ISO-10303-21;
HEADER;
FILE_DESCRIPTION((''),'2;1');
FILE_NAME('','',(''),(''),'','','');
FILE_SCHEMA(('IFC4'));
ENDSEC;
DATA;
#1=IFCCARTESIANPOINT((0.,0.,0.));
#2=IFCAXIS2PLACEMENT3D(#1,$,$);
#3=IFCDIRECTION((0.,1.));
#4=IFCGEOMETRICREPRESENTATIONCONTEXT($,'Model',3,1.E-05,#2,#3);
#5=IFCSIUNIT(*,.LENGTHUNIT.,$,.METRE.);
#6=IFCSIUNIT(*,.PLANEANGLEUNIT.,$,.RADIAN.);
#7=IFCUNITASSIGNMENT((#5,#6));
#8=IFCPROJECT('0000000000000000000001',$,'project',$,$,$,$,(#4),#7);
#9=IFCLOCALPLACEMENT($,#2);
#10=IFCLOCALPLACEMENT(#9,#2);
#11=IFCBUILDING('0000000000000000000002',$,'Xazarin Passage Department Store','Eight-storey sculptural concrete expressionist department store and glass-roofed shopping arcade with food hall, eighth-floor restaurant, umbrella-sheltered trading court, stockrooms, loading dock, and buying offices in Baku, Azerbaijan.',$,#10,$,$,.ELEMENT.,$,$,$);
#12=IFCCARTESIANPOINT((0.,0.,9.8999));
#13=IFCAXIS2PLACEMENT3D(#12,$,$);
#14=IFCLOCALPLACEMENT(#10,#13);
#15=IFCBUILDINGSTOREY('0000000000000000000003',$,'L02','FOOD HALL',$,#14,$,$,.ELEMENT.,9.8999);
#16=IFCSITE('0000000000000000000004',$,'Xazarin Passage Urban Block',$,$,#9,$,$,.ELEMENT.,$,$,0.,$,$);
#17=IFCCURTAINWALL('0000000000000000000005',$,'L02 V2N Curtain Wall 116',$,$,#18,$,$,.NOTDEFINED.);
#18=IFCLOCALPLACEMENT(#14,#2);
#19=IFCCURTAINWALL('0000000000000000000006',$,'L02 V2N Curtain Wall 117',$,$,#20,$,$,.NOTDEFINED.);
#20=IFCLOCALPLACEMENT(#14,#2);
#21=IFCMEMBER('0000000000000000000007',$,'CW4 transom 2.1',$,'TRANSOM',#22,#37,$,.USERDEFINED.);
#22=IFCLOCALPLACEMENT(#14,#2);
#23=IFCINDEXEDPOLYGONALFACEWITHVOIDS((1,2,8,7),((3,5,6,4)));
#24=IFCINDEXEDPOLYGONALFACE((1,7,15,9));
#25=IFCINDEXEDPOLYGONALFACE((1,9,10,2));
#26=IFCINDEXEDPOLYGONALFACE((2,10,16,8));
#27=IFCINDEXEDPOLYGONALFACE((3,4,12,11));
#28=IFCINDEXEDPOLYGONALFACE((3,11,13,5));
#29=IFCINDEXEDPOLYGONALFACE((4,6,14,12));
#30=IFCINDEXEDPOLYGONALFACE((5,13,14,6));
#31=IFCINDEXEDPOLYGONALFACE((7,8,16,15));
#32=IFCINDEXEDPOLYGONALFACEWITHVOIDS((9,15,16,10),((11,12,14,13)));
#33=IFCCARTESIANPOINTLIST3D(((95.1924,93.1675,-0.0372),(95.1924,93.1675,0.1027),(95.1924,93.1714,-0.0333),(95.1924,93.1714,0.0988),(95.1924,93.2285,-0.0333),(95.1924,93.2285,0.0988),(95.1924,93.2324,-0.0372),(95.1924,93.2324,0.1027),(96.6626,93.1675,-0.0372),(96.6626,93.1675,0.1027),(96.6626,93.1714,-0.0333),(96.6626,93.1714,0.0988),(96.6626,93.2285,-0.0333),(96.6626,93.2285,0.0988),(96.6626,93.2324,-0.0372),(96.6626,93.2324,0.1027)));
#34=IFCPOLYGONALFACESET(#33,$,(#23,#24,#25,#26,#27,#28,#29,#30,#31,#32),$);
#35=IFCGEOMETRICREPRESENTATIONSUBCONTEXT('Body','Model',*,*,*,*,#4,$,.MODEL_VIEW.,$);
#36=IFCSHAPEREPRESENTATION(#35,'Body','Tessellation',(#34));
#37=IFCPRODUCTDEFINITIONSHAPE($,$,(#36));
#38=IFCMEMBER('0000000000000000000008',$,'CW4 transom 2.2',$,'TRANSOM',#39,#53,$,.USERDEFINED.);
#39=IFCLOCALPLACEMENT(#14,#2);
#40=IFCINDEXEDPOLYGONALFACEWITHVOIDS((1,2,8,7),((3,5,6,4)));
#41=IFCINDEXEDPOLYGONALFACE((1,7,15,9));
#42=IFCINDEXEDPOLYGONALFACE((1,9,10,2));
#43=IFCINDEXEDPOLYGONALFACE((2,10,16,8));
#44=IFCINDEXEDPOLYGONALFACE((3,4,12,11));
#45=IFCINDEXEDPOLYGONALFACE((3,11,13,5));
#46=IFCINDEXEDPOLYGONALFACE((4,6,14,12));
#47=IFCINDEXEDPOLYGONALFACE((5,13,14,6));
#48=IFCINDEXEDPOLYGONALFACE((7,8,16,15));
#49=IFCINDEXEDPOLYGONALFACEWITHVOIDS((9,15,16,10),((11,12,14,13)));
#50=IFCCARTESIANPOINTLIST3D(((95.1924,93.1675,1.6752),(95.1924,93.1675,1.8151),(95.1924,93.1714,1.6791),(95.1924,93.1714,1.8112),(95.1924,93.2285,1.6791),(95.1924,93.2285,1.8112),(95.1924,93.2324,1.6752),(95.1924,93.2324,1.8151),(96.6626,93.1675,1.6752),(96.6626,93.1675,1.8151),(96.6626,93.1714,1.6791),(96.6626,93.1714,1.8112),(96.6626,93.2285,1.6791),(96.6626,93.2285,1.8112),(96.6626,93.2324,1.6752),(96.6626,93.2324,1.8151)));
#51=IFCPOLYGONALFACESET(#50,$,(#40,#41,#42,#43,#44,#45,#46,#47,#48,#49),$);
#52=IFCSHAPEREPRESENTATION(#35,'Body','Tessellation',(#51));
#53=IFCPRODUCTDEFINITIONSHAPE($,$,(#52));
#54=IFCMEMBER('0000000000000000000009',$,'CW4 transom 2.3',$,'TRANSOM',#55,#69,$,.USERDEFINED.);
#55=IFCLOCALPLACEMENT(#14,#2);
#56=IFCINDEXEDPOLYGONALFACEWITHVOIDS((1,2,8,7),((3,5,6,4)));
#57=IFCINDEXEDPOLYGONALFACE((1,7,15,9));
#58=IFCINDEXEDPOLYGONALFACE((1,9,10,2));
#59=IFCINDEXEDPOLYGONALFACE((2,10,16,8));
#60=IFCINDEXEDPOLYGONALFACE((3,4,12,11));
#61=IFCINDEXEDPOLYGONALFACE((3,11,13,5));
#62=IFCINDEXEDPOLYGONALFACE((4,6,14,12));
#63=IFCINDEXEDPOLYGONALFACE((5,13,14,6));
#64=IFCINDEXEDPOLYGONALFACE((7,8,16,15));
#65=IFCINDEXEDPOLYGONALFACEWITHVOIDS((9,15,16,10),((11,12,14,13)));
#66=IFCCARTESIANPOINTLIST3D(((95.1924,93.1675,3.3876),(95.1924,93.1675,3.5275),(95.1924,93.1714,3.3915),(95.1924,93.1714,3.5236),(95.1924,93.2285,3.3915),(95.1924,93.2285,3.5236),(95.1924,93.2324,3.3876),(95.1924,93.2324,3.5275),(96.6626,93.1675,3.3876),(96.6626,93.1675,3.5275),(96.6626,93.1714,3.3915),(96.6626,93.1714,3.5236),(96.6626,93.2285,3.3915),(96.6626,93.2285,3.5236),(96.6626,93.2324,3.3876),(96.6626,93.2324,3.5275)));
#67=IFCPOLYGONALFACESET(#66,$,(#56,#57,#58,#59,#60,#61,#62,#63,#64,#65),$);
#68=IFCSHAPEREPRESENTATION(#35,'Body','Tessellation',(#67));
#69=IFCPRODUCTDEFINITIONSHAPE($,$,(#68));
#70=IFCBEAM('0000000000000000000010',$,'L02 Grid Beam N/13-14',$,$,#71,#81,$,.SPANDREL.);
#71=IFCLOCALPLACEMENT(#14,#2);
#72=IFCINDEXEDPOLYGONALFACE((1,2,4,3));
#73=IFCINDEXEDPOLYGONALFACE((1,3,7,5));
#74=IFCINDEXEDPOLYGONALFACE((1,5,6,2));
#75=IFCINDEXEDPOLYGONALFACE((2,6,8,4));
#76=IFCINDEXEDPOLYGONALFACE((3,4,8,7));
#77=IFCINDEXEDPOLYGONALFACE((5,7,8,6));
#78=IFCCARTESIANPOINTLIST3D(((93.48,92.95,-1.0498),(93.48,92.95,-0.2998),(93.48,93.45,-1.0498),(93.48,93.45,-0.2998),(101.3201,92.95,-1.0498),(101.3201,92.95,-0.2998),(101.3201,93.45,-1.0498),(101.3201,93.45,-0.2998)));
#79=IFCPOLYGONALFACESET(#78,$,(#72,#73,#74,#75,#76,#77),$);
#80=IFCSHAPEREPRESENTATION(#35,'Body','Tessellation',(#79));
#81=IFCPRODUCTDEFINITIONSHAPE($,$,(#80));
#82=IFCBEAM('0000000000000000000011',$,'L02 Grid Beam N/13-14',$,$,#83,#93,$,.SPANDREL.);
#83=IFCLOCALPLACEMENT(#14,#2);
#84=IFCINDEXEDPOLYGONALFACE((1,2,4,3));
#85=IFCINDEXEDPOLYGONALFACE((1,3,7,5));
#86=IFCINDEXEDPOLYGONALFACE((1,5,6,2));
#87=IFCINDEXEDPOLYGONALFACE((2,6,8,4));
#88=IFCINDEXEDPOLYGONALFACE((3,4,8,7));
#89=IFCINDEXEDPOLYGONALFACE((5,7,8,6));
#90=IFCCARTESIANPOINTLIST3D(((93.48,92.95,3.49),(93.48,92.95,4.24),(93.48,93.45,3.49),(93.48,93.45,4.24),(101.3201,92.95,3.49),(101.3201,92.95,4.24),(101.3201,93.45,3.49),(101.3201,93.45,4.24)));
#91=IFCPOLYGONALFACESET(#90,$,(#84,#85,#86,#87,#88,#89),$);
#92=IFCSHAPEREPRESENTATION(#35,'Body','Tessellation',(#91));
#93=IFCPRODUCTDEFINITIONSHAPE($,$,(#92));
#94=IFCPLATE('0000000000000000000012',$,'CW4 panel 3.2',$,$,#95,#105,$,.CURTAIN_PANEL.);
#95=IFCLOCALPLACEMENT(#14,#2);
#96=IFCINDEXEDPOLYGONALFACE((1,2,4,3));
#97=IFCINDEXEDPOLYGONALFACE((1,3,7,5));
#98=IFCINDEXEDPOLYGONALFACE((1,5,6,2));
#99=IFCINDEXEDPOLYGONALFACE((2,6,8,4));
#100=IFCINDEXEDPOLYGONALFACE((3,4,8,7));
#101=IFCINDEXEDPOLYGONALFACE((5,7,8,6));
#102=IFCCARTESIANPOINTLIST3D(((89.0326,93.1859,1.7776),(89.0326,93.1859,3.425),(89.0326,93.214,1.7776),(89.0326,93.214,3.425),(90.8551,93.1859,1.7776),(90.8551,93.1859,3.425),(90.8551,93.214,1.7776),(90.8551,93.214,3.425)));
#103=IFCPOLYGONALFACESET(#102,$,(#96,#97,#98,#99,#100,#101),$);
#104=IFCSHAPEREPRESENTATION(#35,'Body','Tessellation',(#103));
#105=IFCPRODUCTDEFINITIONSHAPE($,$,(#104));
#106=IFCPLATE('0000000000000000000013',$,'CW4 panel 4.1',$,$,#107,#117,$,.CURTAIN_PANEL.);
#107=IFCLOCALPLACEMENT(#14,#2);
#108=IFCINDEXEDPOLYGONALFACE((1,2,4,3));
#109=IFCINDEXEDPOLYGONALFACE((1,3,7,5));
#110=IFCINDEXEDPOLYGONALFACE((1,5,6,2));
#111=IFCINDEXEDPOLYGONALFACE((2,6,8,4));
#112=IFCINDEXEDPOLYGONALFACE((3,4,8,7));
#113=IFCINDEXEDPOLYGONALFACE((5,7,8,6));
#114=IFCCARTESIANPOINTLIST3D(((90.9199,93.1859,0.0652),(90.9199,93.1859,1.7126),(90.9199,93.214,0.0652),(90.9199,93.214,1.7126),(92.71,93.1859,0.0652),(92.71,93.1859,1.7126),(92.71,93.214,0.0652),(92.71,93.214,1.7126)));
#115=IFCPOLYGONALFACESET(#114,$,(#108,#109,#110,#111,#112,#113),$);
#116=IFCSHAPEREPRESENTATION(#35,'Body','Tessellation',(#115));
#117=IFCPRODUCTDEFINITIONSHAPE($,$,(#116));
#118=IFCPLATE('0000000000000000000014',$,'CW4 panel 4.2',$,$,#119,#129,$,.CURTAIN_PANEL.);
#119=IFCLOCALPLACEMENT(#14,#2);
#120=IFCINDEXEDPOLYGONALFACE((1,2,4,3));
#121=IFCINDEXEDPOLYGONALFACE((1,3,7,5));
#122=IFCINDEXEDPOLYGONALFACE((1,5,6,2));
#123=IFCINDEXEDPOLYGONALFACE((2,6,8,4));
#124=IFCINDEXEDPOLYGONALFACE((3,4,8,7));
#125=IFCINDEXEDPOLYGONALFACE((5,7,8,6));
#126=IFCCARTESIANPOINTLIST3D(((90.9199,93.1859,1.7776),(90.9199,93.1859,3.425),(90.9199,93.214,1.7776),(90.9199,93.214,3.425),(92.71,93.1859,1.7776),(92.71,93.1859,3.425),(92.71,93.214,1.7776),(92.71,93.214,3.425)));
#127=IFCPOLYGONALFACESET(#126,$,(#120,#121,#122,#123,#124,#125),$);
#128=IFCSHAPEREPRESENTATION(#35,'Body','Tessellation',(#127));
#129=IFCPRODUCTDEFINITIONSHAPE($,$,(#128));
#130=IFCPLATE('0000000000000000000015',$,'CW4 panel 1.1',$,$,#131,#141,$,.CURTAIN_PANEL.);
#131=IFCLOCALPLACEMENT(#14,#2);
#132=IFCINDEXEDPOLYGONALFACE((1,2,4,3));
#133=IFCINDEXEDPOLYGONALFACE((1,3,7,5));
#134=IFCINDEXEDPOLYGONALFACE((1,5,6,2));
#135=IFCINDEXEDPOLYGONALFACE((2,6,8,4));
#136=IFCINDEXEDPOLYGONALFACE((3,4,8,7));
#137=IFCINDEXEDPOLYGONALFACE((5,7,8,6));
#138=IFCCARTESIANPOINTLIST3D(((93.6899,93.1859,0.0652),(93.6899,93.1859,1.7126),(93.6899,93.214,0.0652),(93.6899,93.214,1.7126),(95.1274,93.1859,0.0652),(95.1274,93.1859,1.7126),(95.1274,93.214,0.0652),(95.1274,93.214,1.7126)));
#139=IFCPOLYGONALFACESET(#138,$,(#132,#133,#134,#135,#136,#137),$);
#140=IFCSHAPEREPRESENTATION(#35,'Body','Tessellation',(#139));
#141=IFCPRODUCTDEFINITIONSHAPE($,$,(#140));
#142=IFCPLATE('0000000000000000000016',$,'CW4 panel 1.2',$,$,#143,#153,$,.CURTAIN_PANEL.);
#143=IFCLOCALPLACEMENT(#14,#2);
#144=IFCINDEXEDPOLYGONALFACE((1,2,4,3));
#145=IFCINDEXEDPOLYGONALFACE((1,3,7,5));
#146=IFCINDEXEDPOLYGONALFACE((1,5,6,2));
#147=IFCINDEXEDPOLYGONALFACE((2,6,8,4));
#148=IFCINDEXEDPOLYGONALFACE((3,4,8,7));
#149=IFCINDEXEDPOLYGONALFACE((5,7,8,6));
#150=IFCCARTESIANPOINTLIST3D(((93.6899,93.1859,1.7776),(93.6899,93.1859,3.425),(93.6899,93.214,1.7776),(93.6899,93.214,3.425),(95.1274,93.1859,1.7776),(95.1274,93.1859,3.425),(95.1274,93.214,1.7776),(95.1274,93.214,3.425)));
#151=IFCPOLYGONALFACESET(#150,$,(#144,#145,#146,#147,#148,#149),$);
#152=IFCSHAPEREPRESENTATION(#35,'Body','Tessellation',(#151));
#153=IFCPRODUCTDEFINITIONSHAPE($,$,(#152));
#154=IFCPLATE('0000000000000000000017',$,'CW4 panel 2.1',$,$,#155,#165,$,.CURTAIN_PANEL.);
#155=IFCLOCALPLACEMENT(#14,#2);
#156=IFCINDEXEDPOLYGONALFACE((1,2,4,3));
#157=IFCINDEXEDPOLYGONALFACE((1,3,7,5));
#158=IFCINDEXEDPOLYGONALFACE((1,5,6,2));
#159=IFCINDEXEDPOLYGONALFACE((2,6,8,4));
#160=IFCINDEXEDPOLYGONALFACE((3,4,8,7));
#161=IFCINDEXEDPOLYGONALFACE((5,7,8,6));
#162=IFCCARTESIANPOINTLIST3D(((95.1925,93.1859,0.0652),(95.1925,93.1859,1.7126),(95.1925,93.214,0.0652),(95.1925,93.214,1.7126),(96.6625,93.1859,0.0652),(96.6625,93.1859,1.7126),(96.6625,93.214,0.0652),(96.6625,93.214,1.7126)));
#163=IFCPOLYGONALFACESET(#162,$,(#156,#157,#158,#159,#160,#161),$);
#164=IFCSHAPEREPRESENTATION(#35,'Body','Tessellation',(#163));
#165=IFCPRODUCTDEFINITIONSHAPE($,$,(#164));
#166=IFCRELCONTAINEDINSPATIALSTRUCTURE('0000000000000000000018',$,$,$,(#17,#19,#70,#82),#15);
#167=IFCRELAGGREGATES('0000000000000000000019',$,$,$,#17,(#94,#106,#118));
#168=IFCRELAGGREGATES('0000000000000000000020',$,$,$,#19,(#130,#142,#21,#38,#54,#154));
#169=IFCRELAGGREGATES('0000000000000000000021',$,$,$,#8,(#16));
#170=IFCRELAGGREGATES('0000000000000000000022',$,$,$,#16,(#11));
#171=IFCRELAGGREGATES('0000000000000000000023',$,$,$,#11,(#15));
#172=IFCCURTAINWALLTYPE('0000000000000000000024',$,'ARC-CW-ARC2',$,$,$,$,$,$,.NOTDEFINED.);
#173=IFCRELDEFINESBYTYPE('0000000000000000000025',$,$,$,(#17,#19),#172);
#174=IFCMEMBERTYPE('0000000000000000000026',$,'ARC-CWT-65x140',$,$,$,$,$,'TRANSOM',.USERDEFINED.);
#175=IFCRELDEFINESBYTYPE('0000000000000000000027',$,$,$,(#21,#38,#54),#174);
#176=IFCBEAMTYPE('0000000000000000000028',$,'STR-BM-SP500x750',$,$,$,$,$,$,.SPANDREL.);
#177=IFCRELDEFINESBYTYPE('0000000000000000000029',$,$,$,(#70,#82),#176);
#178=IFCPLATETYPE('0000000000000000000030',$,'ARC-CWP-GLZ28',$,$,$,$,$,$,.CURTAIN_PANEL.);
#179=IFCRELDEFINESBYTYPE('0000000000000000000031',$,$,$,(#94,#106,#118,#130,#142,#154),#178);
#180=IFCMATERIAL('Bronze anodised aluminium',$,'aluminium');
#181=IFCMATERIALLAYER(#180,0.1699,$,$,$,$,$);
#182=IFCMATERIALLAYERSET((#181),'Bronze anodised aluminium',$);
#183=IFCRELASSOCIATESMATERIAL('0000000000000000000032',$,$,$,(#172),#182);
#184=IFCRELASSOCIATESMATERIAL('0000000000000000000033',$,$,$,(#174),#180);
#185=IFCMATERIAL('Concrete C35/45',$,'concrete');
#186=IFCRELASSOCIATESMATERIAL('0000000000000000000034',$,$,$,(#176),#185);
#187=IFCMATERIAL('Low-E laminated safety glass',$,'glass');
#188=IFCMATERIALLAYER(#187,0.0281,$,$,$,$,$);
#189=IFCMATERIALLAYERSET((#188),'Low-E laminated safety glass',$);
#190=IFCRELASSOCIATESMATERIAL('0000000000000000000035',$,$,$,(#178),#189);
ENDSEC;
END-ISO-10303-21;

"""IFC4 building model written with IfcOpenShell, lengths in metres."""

from ifc_helpers import new_model, si_unit, direction, frame, origin, origin_2d, place, context, subcontext, project, spatial, rectangle, hollow_rectangle, extrude, material, layer, layer_set, material_profile, profile_set, type_object, element, aggregate, save


model = new_model("IFC4")

# Units and contexts
model_context = context("Model", 3, precision=1e-05, world=origin(), true_north=direction((0.0, 1.0)))
body_context = subcontext(model_context, "Body", "Model", "MODEL_VIEW")
ifc_project = project(units=[si_unit("LENGTHUNIT", "METRE"), si_unit("PLANEANGLEUNIT", "RADIAN")], contexts=[model_context])

# Site, building, storey
site_placement = place(None, origin())
site = spatial("IfcSite", under=ifc_project, at=site_placement, Name="Xazarin Passage Urban Block", CompositionType="ELEMENT", RefElevation=0.0)
building_placement = place(site_placement, origin())
building = spatial("IfcBuilding", under=site, at=building_placement, Name="Xazarin Passage Department Store", Description="Eight-storey sculptural concrete expressionist department store and glass-roofed shopping arcade with food hall, eighth-floor restaurant, umbrella-sheltered trading court, stockrooms, loading dock, and buying offices in Baku, Azerbaijan.", CompositionType="ELEMENT")
storey_placement = place(building_placement, frame((0.0, 0.0, 9.8999)))
storey = spatial("IfcBuildingStorey", under=building, at=storey_placement, Name="L02", Description="FOOD HALL", CompositionType="ELEMENT", Elevation=9.8999)

# Curtain walls
ifc_material_1 = material(Name="Bronze anodised aluminium", Category="aluminium")
ifc_layer_1 = layer(ifc_material_1, 0.1699)
ifc_layer_set_1 = layer_set([ifc_layer_1], Name="Bronze anodised aluminium")
curtain_wall_type = type_object("IfcCurtainWallType", Name="ARC-CW-ARC2", PredefinedType="NOTDEFINED", material=ifc_layer_set_1)
curtain_wall_1_placement = place(storey_placement, origin())
curtain_wall_1 = element("IfcCurtainWall", 1, at=curtain_wall_1_placement, inside=storey, type_object=curtain_wall_type, Name="L02 V2N Curtain Wall 116", PredefinedType="NOTDEFINED")
curtain_wall_2_placement = place(storey_placement, origin())
curtain_wall_2 = element("IfcCurtainWall", 2, at=curtain_wall_2_placement, inside=storey, type_object=curtain_wall_type, Name="L02 V2N Curtain Wall 117", PredefinedType="NOTDEFINED")

# Members
ifc_material_profile_1 = material_profile(ifc_material_1, hollow_rectangle(XDim=0.0649, YDim=0.1399, WallThickness=0.0039, at=origin_2d()), Name="ALU 65x140")
ifc_profile_set_1 = profile_set([ifc_material_profile_1], Name="Bronze anodised aluminium")
member_type_1 = type_object("IfcMemberType", Name="ARC-CWT-65x140", ElementType="TRANSOM", PredefinedType="USERDEFINED", material=ifc_profile_set_1)
member_1_placement = place(storey_placement, frame((95.1924, 93.2, 0.0327), z_axis=(1.0, 0.0, 0.0), x_axis=(0.0, 1.0, 0.0)))
member_1 = element("IfcMember", 3, at=member_1_placement, type_object=member_type_1, Name="CW4 transom 2.1", ObjectType="TRANSOM", PredefinedType="USERDEFINED", context=body_context, shape_type="SweptSolid", body=[
    extrude(hollow_rectangle(XDim=0.0649, YDim=0.1399, WallThickness=0.0039, at=origin_2d()), origin(), (0.0, 0.0, 1.0), 1.4702),
])
member_2_placement = place(storey_placement, frame((95.1924, 93.2, 1.7451), z_axis=(1.0, 0.0, 0.0), x_axis=(0.0, 1.0, 0.0)))
member_2 = element("IfcMember", 4, at=member_2_placement, type_object=member_type_1, Name="CW4 transom 2.2", ObjectType="TRANSOM", PredefinedType="USERDEFINED", context=body_context, shape_type="SweptSolid", body=[
    extrude(hollow_rectangle(XDim=0.0649, YDim=0.1399, WallThickness=0.0039, at=origin_2d()), origin(), (0.0, 0.0, 1.0), 1.4702),
])
member_3_placement = place(storey_placement, frame((95.1924, 93.2, 3.4575), z_axis=(1.0, 0.0, 0.0), x_axis=(0.0, 1.0, 0.0)))
member_3 = element("IfcMember", 5, at=member_3_placement, type_object=member_type_1, Name="CW4 transom 2.3", ObjectType="TRANSOM", PredefinedType="USERDEFINED", context=body_context, shape_type="SweptSolid", body=[
    extrude(hollow_rectangle(XDim=0.0649, YDim=0.1399, WallThickness=0.0039, at=origin_2d()), origin(), (0.0, 0.0, 1.0), 1.4702),
])

# Beams
ifc_material_2 = material(Name="Concrete C35/45", Category="concrete")
ifc_material_profile_2 = material_profile(ifc_material_2, rectangle(XDim=0.5, YDim=0.75, at=origin_2d()), Name="RC 500x750")
ifc_profile_set_2 = profile_set([ifc_material_profile_2], Name="Concrete C35/45")
beam_type = type_object("IfcBeamType", Name="STR-BM-SP500x750", PredefinedType="SPANDREL", material=ifc_profile_set_2)
for number, where, z_axis, x_axis, name in (
    (6, (93.48, 93.2, -0.6748), (1.0, 0.0, 0.0), (0.0, 1.0, 0.0), "L02 Grid Beam N/13-14"),
    (7, (93.48, 93.2, 3.865), (1.0, 0.0, 0.0), (0.0, 1.0, 0.0), "L02 Grid Beam N/13-14"),
):
    element("IfcBeam", number, at=place(storey_placement, frame(where, z_axis=z_axis, x_axis=x_axis)), inside=storey, type_object=beam_type, Name=name, PredefinedType="SPANDREL", context=body_context, shape_type="SweptSolid", body=[
        extrude(rectangle(XDim=0.5, YDim=0.75, at=origin_2d()), origin(), (0.0, 0.0, 1.0), 7.8401),
    ])

# Plates
ifc_material_3 = material(Name="Low-E laminated safety glass", Category="glass")
ifc_layer_2 = layer(ifc_material_3, 0.0281)
ifc_layer_set_2 = layer_set([ifc_layer_2], Name="Low-E laminated safety glass")
plate_type = type_object("IfcPlateType", Name="ARC-CWP-GLZ28", PredefinedType="CURTAIN_PANEL", material=ifc_layer_set_2)
plate_1_placement = place(storey_placement, frame((89.9438, 93.2, 1.7776), z_axis=(0.0, 0.0, 1.0), x_axis=(1.0, 0.0, 0.0)))
plate_1 = element("IfcPlate", 8, at=plate_1_placement, type_object=plate_type, Name="CW4 panel 3.2", PredefinedType="CURTAIN_PANEL", context=body_context, shape_type="SweptSolid", body=[
    extrude(rectangle(XDim=1.8225, YDim=0.0281, at=origin_2d()), origin(), (0.0, 0.0, 1.0), 1.6475),
])
plate_2_placement = place(storey_placement, frame((91.8149, 93.2, 0.0652), z_axis=(0.0, 0.0, 1.0), x_axis=(1.0, 0.0, 0.0)))
plate_2 = element("IfcPlate", 9, at=plate_2_placement, type_object=plate_type, Name="CW4 panel 4.1", PredefinedType="CURTAIN_PANEL", context=body_context, shape_type="SweptSolid", body=[
    extrude(rectangle(XDim=1.79, YDim=0.0281, at=origin_2d()), origin(), (0.0, 0.0, 1.0), 1.6475),
])
plate_3_placement = place(storey_placement, frame((91.8149, 93.2, 1.7776), z_axis=(0.0, 0.0, 1.0), x_axis=(1.0, 0.0, 0.0)))
plate_3 = element("IfcPlate", 10, at=plate_3_placement, type_object=plate_type, Name="CW4 panel 4.2", PredefinedType="CURTAIN_PANEL", context=body_context, shape_type="SweptSolid", body=[
    extrude(rectangle(XDim=1.79, YDim=0.0281, at=origin_2d()), origin(), (0.0, 0.0, 1.0), 1.6475),
])
aggregate(curtain_wall_1, [plate_1, plate_2, plate_3])
plate_4_placement = place(storey_placement, frame((94.4087, 93.2, 0.0652), z_axis=(0.0, 0.0, 1.0), x_axis=(1.0, 0.0, 0.0)))
plate_4 = element("IfcPlate", 11, at=plate_4_placement, type_object=plate_type, Name="CW4 panel 1.1", PredefinedType="CURTAIN_PANEL", context=body_context, shape_type="SweptSolid", body=[
    extrude(rectangle(XDim=1.4375, YDim=0.0281, at=origin_2d()), origin(), (0.0, 0.0, 1.0), 1.6475),
])
plate_5_placement = place(storey_placement, frame((94.4087, 93.2, 1.7776), z_axis=(0.0, 0.0, 1.0), x_axis=(1.0, 0.0, 0.0)))
plate_5 = element("IfcPlate", 12, at=plate_5_placement, type_object=plate_type, Name="CW4 panel 1.2", PredefinedType="CURTAIN_PANEL", context=body_context, shape_type="SweptSolid", body=[
    extrude(rectangle(XDim=1.4375, YDim=0.0281, at=origin_2d()), origin(), (0.0, 0.0, 1.0), 1.6475),
])
plate_6_placement = place(storey_placement, frame((95.9275, 93.2, 0.0652), z_axis=(0.0, 0.0, 1.0), x_axis=(1.0, 0.0, 0.0)))
plate_6 = element("IfcPlate", 13, at=plate_6_placement, type_object=plate_type, Name="CW4 panel 2.1", PredefinedType="CURTAIN_PANEL", context=body_context, shape_type="SweptSolid", body=[
    extrude(rectangle(XDim=1.47, YDim=0.0281, at=origin_2d()), origin(), (0.0, 0.0, 1.0), 1.6475),
])
aggregate(curtain_wall_2, [plate_4, plate_5, member_1, member_2, member_3, plate_6])

save(model, "model.ifc")
